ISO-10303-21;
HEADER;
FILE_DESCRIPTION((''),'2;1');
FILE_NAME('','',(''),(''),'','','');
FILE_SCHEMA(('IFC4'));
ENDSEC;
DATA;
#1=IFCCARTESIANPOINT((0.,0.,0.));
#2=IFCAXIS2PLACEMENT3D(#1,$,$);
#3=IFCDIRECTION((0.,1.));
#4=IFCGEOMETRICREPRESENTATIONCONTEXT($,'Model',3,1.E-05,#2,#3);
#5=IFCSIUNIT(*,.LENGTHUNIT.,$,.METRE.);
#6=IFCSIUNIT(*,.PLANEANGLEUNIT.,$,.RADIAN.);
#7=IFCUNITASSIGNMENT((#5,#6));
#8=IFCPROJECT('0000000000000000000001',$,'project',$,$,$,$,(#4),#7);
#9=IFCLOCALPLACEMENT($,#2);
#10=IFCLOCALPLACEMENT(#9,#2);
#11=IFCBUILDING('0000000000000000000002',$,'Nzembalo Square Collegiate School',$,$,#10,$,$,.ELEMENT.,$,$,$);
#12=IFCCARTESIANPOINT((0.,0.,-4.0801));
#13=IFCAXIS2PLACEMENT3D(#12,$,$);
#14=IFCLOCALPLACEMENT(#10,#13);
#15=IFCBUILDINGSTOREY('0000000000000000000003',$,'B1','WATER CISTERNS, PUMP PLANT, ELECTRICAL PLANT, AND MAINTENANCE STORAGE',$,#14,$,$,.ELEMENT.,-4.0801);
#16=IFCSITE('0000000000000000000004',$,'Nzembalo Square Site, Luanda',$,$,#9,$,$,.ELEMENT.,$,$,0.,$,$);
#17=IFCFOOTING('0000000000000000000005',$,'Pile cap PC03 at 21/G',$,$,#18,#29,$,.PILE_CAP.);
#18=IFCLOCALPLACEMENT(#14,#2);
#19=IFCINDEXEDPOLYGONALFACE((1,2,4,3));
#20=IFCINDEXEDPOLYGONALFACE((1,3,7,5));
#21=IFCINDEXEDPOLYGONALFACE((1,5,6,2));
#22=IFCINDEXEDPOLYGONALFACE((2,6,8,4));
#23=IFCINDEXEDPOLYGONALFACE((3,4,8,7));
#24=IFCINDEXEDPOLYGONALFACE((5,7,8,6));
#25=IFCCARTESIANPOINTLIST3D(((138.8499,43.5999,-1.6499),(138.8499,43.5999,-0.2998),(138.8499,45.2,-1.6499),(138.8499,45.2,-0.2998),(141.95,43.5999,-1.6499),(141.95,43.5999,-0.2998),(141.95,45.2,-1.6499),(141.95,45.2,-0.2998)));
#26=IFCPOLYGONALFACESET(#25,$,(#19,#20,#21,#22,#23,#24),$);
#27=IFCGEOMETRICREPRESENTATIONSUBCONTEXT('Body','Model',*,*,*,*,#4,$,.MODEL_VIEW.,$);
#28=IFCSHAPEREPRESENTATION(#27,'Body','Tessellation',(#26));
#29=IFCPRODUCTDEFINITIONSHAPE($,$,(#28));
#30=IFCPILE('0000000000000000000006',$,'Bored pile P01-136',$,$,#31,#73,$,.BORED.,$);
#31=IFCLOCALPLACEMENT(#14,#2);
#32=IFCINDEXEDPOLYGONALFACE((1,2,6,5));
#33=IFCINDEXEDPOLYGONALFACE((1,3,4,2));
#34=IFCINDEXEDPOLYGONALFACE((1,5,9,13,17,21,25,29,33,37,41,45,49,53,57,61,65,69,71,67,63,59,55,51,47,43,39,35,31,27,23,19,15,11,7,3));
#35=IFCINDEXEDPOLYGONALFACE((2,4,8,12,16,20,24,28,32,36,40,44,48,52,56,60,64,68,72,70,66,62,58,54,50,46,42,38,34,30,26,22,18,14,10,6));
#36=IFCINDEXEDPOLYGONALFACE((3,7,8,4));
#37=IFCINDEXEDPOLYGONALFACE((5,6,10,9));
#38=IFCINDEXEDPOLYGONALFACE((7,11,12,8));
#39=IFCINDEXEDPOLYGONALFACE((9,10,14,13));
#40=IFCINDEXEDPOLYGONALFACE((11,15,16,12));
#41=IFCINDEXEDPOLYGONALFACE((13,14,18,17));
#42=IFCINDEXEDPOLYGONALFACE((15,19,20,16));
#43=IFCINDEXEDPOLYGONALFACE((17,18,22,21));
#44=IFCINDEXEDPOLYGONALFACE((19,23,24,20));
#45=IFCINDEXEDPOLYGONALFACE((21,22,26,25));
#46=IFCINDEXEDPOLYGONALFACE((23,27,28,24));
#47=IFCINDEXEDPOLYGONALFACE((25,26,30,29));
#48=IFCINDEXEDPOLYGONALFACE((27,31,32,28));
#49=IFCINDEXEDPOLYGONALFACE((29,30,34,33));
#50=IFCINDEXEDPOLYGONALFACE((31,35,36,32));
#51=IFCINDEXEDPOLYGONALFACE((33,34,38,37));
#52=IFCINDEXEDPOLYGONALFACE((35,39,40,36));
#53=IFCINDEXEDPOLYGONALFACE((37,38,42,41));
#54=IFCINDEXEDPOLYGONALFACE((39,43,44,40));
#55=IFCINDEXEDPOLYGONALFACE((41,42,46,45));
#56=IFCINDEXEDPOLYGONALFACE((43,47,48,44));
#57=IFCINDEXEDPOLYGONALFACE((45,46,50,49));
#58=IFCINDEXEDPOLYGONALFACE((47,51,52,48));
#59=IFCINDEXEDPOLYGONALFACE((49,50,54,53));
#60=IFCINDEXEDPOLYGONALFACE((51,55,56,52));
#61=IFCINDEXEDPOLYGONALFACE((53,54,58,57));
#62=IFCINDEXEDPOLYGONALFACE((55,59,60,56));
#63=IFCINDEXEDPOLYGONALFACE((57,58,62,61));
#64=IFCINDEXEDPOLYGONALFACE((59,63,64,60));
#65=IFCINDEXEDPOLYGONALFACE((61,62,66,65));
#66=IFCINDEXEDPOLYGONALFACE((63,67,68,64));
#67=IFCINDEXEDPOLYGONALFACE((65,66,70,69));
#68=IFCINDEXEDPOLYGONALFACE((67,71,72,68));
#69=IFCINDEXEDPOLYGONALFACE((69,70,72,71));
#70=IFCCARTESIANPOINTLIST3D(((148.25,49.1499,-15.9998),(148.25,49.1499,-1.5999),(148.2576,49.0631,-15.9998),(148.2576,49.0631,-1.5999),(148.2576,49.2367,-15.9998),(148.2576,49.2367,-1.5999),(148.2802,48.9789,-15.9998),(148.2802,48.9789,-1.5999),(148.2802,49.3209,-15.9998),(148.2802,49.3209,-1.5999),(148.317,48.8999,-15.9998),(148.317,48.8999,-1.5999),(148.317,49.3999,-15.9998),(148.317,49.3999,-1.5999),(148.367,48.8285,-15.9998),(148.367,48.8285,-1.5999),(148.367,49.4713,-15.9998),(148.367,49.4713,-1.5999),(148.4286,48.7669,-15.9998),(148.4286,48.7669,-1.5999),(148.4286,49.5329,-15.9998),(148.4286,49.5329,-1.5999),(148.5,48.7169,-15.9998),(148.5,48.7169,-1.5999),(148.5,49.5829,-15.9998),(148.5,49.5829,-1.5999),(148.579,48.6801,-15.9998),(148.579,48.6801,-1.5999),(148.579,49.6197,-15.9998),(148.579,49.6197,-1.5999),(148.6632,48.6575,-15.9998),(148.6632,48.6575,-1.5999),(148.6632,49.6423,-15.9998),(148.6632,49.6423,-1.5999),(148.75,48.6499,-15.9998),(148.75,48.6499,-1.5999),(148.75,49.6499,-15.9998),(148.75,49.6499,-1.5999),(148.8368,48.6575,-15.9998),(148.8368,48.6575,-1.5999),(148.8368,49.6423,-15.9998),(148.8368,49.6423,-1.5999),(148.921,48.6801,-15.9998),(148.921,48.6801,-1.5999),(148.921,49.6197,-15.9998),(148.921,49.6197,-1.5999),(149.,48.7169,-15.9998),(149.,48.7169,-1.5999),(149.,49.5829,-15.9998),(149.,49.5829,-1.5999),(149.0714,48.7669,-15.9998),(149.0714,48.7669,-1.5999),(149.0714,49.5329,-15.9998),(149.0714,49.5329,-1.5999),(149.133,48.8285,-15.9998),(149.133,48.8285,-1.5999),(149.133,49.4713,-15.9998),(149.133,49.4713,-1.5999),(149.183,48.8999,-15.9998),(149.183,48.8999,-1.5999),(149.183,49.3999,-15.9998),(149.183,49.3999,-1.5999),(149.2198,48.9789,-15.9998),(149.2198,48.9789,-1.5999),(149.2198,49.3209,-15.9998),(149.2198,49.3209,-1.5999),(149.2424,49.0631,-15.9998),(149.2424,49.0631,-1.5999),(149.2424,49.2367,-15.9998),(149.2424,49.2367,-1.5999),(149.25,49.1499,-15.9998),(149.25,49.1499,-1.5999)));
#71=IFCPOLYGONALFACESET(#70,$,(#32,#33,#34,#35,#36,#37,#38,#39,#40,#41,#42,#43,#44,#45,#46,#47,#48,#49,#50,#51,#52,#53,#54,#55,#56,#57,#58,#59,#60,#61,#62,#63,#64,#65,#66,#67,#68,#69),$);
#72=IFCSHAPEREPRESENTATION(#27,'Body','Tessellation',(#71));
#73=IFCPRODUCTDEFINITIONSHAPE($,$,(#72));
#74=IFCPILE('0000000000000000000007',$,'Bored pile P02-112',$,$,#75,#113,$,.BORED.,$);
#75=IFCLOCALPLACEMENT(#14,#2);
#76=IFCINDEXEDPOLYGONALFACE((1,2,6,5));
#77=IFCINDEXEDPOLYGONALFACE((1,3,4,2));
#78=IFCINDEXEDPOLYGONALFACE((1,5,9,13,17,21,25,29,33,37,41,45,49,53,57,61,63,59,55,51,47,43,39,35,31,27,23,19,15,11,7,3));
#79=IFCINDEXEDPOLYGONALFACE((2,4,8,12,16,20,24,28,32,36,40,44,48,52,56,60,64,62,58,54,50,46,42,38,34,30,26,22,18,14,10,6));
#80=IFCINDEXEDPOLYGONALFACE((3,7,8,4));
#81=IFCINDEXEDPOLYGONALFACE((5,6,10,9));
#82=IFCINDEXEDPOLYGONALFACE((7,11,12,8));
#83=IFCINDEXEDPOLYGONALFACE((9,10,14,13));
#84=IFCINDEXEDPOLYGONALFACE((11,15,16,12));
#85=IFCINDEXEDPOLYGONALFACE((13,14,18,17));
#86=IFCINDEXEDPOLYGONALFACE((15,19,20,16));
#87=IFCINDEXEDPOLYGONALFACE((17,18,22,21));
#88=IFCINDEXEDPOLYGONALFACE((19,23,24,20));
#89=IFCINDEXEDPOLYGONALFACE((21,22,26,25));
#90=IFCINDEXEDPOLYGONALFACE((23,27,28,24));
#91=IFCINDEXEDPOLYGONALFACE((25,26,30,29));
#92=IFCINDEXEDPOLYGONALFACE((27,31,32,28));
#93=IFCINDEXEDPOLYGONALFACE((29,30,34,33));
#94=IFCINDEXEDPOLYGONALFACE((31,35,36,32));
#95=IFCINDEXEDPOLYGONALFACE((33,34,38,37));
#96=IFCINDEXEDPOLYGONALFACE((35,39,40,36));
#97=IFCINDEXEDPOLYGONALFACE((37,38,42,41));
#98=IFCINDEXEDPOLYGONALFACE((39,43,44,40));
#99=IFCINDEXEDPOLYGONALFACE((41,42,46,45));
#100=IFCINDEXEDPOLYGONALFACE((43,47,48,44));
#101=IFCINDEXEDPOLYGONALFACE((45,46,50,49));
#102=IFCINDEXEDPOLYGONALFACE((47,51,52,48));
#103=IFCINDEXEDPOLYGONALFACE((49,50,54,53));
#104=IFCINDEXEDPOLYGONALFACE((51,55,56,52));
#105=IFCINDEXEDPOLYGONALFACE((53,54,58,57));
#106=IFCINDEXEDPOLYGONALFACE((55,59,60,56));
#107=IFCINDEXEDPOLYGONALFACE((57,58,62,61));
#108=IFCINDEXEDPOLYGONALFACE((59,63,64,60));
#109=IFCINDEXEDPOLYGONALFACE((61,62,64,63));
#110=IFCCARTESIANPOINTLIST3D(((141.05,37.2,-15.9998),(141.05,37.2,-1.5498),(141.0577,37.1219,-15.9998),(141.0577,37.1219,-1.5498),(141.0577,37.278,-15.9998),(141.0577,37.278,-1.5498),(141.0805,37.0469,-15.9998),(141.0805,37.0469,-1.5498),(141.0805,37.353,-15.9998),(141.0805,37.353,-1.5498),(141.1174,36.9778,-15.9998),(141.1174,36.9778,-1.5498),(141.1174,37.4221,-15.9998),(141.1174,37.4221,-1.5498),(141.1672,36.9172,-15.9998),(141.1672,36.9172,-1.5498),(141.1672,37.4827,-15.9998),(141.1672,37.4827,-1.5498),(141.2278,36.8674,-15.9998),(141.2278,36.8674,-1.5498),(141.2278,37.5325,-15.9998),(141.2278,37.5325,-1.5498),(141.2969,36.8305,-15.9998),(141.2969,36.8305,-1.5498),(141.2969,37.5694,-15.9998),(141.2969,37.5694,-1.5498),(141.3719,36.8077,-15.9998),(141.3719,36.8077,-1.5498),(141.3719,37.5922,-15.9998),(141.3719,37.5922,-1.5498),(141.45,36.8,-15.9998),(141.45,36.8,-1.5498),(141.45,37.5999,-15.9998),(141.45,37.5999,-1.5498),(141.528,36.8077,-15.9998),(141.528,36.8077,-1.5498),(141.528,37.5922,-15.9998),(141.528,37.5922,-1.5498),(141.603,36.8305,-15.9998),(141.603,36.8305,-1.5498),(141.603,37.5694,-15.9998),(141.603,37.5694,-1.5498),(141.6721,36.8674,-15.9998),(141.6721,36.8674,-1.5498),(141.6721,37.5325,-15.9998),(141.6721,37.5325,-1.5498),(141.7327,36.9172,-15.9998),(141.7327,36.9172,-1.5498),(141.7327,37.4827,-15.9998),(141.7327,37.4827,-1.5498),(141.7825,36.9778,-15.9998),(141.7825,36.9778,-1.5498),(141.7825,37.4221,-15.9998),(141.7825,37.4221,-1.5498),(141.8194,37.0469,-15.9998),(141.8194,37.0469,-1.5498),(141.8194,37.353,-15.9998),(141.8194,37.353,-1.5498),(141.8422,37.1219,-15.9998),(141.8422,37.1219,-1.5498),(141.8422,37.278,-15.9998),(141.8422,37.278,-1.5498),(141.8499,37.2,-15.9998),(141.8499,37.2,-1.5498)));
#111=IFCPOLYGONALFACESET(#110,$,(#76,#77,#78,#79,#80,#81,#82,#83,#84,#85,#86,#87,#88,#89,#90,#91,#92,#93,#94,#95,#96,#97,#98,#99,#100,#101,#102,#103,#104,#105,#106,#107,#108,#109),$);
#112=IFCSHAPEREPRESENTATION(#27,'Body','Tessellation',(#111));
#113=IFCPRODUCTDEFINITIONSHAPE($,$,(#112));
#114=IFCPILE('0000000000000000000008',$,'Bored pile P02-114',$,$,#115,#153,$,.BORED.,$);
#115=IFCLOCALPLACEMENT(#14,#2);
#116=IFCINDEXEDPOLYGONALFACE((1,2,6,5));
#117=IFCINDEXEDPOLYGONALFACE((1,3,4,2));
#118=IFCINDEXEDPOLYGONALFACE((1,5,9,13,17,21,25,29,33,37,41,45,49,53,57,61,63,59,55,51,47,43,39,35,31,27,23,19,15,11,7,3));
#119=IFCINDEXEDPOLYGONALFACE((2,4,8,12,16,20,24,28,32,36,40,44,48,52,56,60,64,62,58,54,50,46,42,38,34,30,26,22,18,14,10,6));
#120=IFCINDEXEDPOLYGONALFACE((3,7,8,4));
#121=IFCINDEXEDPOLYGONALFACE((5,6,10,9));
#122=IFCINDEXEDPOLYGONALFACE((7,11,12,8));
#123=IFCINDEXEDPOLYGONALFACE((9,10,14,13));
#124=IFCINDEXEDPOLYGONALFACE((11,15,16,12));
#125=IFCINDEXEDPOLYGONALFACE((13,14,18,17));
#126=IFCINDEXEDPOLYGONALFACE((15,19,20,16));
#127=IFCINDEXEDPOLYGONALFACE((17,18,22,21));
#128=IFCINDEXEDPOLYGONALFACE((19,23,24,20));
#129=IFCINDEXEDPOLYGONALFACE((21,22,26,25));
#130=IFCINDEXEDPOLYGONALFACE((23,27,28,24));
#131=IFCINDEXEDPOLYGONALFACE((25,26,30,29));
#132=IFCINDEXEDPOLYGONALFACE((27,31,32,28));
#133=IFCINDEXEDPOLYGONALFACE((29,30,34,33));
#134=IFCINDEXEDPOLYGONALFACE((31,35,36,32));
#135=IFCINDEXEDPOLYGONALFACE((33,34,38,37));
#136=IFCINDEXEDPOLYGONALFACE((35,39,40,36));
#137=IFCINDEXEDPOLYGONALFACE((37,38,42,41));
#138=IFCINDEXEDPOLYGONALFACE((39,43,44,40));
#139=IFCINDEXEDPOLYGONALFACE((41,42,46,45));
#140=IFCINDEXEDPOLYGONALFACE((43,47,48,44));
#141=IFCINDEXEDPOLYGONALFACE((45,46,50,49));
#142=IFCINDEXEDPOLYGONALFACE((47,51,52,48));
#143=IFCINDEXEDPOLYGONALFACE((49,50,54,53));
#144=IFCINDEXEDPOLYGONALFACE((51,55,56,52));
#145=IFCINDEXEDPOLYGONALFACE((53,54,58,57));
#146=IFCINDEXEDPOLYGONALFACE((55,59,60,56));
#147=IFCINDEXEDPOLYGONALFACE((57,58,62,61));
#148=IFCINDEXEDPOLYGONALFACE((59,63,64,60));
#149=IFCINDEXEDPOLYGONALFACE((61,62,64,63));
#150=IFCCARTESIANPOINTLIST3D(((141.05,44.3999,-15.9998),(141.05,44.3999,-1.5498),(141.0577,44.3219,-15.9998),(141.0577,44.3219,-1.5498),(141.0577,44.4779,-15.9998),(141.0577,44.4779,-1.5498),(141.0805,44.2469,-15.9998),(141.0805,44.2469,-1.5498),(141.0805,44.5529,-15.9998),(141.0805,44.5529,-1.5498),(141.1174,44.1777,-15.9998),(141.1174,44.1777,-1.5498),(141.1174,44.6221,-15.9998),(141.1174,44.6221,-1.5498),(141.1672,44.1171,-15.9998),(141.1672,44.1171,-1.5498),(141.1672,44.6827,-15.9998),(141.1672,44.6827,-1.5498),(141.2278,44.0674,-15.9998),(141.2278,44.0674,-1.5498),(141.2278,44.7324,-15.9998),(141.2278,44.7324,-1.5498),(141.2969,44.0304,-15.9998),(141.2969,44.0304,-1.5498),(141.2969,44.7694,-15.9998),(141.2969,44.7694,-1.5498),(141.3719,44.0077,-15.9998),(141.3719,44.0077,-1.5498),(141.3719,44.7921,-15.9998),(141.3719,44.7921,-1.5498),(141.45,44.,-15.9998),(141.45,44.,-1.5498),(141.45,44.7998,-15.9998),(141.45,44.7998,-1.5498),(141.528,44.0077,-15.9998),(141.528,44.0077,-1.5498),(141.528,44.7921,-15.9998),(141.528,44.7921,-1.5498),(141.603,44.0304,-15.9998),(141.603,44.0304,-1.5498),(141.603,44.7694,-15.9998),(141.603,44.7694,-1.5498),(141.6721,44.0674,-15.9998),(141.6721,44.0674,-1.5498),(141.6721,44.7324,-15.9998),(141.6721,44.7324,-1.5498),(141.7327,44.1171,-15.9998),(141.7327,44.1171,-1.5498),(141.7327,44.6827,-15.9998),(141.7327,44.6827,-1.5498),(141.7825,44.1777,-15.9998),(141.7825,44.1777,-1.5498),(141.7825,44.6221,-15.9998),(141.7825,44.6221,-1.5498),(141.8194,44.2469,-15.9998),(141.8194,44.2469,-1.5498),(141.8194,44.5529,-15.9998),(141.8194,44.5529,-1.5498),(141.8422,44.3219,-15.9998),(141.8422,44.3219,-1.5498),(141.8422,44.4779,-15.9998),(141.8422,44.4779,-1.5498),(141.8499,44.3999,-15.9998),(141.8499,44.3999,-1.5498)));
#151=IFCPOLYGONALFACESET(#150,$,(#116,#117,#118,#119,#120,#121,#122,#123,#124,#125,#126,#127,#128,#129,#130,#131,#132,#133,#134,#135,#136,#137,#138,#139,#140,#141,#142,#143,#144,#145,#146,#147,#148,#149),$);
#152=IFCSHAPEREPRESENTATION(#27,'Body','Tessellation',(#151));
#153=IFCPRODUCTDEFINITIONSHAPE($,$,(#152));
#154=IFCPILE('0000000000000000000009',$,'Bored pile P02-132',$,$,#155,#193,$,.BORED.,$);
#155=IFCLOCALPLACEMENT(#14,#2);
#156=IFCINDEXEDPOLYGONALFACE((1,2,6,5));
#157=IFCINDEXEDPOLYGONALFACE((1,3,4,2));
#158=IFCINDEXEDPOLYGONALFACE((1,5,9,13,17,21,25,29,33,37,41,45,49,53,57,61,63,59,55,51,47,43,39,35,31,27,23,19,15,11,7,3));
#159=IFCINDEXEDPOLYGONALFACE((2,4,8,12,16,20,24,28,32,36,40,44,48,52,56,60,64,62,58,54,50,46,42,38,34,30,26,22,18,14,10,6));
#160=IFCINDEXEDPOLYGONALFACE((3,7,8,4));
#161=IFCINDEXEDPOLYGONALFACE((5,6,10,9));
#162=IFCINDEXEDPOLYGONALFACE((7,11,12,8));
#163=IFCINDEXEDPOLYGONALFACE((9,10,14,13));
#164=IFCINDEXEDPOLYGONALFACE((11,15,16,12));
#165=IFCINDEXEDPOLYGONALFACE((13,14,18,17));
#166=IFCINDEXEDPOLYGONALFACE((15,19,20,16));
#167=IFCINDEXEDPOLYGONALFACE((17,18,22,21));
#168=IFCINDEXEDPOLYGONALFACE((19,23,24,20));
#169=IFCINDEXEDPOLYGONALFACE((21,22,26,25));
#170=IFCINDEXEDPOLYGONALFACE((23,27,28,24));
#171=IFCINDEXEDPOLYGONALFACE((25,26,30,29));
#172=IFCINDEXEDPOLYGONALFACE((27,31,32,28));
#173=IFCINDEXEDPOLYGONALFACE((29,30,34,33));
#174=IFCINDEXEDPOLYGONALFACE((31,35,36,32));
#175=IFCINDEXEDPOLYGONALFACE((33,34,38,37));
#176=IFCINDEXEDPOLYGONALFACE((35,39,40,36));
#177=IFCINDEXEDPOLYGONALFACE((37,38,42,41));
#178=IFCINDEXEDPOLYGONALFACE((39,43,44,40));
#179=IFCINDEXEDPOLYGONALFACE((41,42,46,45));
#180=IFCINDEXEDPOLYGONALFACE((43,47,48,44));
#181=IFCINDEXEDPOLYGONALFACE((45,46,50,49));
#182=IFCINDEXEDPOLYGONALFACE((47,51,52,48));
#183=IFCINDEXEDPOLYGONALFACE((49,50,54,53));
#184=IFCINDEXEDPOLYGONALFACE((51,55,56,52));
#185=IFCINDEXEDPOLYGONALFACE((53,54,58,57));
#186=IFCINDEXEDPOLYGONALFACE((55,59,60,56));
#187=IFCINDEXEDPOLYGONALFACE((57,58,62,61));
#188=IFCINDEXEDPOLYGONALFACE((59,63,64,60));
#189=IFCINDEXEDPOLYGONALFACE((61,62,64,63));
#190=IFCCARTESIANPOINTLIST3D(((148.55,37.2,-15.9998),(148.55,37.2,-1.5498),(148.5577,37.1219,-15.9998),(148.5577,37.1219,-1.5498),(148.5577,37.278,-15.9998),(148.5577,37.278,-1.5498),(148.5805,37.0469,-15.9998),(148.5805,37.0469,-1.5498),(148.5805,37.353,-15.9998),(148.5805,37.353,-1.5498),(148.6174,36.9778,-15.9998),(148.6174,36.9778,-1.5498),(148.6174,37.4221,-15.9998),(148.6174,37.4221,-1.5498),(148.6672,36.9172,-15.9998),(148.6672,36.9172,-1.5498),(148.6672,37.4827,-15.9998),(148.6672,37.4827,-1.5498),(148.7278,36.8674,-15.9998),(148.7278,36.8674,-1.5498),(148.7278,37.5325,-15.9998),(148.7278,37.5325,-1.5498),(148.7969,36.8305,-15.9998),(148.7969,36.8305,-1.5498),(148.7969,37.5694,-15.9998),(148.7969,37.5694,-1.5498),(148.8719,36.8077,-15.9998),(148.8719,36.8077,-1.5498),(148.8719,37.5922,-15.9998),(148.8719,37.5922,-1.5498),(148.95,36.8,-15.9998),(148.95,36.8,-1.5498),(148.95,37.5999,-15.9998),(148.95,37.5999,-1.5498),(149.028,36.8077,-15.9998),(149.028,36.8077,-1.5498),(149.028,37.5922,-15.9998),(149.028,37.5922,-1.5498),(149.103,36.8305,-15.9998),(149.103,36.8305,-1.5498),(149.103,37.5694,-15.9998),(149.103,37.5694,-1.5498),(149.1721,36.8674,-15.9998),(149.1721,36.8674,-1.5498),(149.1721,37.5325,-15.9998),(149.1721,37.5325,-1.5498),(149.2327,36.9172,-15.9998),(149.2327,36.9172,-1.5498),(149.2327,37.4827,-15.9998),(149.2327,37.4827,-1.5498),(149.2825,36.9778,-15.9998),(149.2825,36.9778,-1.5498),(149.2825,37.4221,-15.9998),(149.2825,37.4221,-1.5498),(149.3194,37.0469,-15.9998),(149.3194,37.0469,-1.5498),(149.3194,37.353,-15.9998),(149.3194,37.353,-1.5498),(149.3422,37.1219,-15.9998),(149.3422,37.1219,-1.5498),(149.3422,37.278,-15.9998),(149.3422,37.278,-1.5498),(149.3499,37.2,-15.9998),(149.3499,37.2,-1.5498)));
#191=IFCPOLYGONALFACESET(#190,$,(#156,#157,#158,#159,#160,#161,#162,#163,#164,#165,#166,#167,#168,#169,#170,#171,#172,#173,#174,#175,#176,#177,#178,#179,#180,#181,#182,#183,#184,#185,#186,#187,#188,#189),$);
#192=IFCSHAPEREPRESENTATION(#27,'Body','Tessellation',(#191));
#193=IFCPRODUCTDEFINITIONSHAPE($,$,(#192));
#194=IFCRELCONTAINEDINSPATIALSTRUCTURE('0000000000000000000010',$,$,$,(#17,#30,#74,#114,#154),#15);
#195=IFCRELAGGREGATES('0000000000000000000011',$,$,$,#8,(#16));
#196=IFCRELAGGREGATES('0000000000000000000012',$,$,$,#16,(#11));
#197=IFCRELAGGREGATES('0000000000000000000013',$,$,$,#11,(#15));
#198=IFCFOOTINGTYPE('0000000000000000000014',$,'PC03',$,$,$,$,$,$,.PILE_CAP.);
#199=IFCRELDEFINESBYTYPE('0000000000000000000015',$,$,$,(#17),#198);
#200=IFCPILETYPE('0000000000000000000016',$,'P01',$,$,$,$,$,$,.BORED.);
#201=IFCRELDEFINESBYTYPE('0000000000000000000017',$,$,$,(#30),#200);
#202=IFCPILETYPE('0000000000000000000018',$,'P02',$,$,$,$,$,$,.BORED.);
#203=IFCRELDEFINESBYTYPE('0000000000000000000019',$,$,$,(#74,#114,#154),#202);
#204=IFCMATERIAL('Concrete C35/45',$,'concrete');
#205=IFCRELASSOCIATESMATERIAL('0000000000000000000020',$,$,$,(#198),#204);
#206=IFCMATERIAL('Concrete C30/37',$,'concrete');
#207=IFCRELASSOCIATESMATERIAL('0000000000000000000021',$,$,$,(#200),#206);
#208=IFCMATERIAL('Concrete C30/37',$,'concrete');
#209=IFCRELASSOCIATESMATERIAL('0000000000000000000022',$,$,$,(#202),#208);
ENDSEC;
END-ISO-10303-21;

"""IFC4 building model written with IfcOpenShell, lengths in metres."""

from ifc_helpers import new_model, si_unit, direction, frame, origin, origin_2d, place, context, subcontext, project, spatial, rectangle, circle, extrude, material, material_profile, profile_set, type_object, element, save


model = new_model("IFC4")

# Units and contexts
model_context = context("Model", 3, precision=1e-05, world=origin(), true_north=direction((0.0, 1.0)))
body_context = subcontext(model_context, "Body", "Model", "MODEL_VIEW")
ifc_project = project(units=[si_unit("LENGTHUNIT", "METRE"), si_unit("PLANEANGLEUNIT", "RADIAN")], contexts=[model_context])

# Site, building, storey
site_placement = place(None, origin())
site = spatial("IfcSite", under=ifc_project, at=site_placement, Name="Nzembalo Square Site, Luanda", CompositionType="ELEMENT", RefElevation=0.0)
building_placement = place(site_placement, origin())
building = spatial("IfcBuilding", under=site, at=building_placement, Name="Nzembalo Square Collegiate School", CompositionType="ELEMENT")
storey_placement = place(building_placement, frame((0.0, 0.0, -4.0801)))
storey = spatial("IfcBuildingStorey", under=building, at=storey_placement, Name="B1", Description="WATER CISTERNS, PUMP PLANT, ELECTRICAL PLANT, AND MAINTENANCE STORAGE", CompositionType="ELEMENT", Elevation=-4.0801)

# Footing
ifc_material_1 = material(Name="Concrete C35/45", Category="concrete")
footing_type = type_object("IfcFootingType", Name="PC03", PredefinedType="PILE_CAP", material=ifc_material_1)
footing_placement = place(storey_placement, frame((140.3999, 44.3999, -1.6499), z_axis=(0.0, 0.0, 1.0), x_axis=(1.0, 0.0, 0.0)))
element("IfcFooting", 1, at=footing_placement, inside=storey, type_object=footing_type, Name="Pile cap PC03 at 21/G", PredefinedType="PILE_CAP", context=body_context, shape_type="SweptSolid", body=[
    extrude(rectangle(XDim=3.1001, YDim=1.6001, at=origin_2d()), origin(), (0.0, 0.0, 1.0), 1.3501),
])

# Piles
ifc_material_2 = material(Name="Concrete C30/37", Category="concrete")
ifc_material_profile_1 = material_profile(ifc_material_2, circle(Radius=0.5, at=origin_2d()), Name="PILE D1000")
ifc_profile_set_1 = profile_set([ifc_material_profile_1], Name="Concrete C30/37")
pile_type_1 = type_object("IfcPileType", Name="P01", PredefinedType="BORED", material=ifc_profile_set_1)
pile_placement = place(storey_placement, frame((148.75, 49.1499, -1.5999), z_axis=(0.0, 0.0, -1.0), x_axis=(1.0, 0.0, 0.0)))
element("IfcPile", 2, at=pile_placement, inside=storey, type_object=pile_type_1, Name="Bored pile P01-136", PredefinedType="BORED", context=body_context, shape_type="SweptSolid", body=[
    extrude(circle(Radius=0.5, at=origin_2d()), origin(), (0.0, 0.0, 1.0), 14.3999),
])
ifc_material_3 = material(Name="Concrete C30/37", Category="concrete")
ifc_material_profile_2 = material_profile(ifc_material_3, circle(Radius=0.3999, at=origin_2d()), Name="PILE D800")
ifc_profile_set_2 = profile_set([ifc_material_profile_2], Name="Concrete C30/37")
pile_type_2 = type_object("IfcPileType", Name="P02", PredefinedType="BORED", material=ifc_profile_set_2)
for number, where, z_axis, x_axis, name in (
    (3, (141.45, 37.2, -1.5498), (0.0, 0.0, -1.0), (1.0, 0.0, 0.0), "Bored pile P02-112"),
    (4, (141.45, 44.3999, -1.5498), (0.0, 0.0, -1.0), (1.0, 0.0, 0.0), "Bored pile P02-114"),
    (5, (148.95, 37.2, -1.5498), (0.0, 0.0, -1.0), (1.0, 0.0, 0.0), "Bored pile P02-132"),
):
    element("IfcPile", number, at=place(storey_placement, frame(where, z_axis=z_axis, x_axis=x_axis)), inside=storey, type_object=pile_type_2, Name=name, PredefinedType="BORED", context=body_context, shape_type="SweptSolid", body=[
        extrude(circle(Radius=0.3999, at=origin_2d()), origin(), (0.0, 0.0, 1.0), 14.45),
    ])

save(model, "model.ifc")
